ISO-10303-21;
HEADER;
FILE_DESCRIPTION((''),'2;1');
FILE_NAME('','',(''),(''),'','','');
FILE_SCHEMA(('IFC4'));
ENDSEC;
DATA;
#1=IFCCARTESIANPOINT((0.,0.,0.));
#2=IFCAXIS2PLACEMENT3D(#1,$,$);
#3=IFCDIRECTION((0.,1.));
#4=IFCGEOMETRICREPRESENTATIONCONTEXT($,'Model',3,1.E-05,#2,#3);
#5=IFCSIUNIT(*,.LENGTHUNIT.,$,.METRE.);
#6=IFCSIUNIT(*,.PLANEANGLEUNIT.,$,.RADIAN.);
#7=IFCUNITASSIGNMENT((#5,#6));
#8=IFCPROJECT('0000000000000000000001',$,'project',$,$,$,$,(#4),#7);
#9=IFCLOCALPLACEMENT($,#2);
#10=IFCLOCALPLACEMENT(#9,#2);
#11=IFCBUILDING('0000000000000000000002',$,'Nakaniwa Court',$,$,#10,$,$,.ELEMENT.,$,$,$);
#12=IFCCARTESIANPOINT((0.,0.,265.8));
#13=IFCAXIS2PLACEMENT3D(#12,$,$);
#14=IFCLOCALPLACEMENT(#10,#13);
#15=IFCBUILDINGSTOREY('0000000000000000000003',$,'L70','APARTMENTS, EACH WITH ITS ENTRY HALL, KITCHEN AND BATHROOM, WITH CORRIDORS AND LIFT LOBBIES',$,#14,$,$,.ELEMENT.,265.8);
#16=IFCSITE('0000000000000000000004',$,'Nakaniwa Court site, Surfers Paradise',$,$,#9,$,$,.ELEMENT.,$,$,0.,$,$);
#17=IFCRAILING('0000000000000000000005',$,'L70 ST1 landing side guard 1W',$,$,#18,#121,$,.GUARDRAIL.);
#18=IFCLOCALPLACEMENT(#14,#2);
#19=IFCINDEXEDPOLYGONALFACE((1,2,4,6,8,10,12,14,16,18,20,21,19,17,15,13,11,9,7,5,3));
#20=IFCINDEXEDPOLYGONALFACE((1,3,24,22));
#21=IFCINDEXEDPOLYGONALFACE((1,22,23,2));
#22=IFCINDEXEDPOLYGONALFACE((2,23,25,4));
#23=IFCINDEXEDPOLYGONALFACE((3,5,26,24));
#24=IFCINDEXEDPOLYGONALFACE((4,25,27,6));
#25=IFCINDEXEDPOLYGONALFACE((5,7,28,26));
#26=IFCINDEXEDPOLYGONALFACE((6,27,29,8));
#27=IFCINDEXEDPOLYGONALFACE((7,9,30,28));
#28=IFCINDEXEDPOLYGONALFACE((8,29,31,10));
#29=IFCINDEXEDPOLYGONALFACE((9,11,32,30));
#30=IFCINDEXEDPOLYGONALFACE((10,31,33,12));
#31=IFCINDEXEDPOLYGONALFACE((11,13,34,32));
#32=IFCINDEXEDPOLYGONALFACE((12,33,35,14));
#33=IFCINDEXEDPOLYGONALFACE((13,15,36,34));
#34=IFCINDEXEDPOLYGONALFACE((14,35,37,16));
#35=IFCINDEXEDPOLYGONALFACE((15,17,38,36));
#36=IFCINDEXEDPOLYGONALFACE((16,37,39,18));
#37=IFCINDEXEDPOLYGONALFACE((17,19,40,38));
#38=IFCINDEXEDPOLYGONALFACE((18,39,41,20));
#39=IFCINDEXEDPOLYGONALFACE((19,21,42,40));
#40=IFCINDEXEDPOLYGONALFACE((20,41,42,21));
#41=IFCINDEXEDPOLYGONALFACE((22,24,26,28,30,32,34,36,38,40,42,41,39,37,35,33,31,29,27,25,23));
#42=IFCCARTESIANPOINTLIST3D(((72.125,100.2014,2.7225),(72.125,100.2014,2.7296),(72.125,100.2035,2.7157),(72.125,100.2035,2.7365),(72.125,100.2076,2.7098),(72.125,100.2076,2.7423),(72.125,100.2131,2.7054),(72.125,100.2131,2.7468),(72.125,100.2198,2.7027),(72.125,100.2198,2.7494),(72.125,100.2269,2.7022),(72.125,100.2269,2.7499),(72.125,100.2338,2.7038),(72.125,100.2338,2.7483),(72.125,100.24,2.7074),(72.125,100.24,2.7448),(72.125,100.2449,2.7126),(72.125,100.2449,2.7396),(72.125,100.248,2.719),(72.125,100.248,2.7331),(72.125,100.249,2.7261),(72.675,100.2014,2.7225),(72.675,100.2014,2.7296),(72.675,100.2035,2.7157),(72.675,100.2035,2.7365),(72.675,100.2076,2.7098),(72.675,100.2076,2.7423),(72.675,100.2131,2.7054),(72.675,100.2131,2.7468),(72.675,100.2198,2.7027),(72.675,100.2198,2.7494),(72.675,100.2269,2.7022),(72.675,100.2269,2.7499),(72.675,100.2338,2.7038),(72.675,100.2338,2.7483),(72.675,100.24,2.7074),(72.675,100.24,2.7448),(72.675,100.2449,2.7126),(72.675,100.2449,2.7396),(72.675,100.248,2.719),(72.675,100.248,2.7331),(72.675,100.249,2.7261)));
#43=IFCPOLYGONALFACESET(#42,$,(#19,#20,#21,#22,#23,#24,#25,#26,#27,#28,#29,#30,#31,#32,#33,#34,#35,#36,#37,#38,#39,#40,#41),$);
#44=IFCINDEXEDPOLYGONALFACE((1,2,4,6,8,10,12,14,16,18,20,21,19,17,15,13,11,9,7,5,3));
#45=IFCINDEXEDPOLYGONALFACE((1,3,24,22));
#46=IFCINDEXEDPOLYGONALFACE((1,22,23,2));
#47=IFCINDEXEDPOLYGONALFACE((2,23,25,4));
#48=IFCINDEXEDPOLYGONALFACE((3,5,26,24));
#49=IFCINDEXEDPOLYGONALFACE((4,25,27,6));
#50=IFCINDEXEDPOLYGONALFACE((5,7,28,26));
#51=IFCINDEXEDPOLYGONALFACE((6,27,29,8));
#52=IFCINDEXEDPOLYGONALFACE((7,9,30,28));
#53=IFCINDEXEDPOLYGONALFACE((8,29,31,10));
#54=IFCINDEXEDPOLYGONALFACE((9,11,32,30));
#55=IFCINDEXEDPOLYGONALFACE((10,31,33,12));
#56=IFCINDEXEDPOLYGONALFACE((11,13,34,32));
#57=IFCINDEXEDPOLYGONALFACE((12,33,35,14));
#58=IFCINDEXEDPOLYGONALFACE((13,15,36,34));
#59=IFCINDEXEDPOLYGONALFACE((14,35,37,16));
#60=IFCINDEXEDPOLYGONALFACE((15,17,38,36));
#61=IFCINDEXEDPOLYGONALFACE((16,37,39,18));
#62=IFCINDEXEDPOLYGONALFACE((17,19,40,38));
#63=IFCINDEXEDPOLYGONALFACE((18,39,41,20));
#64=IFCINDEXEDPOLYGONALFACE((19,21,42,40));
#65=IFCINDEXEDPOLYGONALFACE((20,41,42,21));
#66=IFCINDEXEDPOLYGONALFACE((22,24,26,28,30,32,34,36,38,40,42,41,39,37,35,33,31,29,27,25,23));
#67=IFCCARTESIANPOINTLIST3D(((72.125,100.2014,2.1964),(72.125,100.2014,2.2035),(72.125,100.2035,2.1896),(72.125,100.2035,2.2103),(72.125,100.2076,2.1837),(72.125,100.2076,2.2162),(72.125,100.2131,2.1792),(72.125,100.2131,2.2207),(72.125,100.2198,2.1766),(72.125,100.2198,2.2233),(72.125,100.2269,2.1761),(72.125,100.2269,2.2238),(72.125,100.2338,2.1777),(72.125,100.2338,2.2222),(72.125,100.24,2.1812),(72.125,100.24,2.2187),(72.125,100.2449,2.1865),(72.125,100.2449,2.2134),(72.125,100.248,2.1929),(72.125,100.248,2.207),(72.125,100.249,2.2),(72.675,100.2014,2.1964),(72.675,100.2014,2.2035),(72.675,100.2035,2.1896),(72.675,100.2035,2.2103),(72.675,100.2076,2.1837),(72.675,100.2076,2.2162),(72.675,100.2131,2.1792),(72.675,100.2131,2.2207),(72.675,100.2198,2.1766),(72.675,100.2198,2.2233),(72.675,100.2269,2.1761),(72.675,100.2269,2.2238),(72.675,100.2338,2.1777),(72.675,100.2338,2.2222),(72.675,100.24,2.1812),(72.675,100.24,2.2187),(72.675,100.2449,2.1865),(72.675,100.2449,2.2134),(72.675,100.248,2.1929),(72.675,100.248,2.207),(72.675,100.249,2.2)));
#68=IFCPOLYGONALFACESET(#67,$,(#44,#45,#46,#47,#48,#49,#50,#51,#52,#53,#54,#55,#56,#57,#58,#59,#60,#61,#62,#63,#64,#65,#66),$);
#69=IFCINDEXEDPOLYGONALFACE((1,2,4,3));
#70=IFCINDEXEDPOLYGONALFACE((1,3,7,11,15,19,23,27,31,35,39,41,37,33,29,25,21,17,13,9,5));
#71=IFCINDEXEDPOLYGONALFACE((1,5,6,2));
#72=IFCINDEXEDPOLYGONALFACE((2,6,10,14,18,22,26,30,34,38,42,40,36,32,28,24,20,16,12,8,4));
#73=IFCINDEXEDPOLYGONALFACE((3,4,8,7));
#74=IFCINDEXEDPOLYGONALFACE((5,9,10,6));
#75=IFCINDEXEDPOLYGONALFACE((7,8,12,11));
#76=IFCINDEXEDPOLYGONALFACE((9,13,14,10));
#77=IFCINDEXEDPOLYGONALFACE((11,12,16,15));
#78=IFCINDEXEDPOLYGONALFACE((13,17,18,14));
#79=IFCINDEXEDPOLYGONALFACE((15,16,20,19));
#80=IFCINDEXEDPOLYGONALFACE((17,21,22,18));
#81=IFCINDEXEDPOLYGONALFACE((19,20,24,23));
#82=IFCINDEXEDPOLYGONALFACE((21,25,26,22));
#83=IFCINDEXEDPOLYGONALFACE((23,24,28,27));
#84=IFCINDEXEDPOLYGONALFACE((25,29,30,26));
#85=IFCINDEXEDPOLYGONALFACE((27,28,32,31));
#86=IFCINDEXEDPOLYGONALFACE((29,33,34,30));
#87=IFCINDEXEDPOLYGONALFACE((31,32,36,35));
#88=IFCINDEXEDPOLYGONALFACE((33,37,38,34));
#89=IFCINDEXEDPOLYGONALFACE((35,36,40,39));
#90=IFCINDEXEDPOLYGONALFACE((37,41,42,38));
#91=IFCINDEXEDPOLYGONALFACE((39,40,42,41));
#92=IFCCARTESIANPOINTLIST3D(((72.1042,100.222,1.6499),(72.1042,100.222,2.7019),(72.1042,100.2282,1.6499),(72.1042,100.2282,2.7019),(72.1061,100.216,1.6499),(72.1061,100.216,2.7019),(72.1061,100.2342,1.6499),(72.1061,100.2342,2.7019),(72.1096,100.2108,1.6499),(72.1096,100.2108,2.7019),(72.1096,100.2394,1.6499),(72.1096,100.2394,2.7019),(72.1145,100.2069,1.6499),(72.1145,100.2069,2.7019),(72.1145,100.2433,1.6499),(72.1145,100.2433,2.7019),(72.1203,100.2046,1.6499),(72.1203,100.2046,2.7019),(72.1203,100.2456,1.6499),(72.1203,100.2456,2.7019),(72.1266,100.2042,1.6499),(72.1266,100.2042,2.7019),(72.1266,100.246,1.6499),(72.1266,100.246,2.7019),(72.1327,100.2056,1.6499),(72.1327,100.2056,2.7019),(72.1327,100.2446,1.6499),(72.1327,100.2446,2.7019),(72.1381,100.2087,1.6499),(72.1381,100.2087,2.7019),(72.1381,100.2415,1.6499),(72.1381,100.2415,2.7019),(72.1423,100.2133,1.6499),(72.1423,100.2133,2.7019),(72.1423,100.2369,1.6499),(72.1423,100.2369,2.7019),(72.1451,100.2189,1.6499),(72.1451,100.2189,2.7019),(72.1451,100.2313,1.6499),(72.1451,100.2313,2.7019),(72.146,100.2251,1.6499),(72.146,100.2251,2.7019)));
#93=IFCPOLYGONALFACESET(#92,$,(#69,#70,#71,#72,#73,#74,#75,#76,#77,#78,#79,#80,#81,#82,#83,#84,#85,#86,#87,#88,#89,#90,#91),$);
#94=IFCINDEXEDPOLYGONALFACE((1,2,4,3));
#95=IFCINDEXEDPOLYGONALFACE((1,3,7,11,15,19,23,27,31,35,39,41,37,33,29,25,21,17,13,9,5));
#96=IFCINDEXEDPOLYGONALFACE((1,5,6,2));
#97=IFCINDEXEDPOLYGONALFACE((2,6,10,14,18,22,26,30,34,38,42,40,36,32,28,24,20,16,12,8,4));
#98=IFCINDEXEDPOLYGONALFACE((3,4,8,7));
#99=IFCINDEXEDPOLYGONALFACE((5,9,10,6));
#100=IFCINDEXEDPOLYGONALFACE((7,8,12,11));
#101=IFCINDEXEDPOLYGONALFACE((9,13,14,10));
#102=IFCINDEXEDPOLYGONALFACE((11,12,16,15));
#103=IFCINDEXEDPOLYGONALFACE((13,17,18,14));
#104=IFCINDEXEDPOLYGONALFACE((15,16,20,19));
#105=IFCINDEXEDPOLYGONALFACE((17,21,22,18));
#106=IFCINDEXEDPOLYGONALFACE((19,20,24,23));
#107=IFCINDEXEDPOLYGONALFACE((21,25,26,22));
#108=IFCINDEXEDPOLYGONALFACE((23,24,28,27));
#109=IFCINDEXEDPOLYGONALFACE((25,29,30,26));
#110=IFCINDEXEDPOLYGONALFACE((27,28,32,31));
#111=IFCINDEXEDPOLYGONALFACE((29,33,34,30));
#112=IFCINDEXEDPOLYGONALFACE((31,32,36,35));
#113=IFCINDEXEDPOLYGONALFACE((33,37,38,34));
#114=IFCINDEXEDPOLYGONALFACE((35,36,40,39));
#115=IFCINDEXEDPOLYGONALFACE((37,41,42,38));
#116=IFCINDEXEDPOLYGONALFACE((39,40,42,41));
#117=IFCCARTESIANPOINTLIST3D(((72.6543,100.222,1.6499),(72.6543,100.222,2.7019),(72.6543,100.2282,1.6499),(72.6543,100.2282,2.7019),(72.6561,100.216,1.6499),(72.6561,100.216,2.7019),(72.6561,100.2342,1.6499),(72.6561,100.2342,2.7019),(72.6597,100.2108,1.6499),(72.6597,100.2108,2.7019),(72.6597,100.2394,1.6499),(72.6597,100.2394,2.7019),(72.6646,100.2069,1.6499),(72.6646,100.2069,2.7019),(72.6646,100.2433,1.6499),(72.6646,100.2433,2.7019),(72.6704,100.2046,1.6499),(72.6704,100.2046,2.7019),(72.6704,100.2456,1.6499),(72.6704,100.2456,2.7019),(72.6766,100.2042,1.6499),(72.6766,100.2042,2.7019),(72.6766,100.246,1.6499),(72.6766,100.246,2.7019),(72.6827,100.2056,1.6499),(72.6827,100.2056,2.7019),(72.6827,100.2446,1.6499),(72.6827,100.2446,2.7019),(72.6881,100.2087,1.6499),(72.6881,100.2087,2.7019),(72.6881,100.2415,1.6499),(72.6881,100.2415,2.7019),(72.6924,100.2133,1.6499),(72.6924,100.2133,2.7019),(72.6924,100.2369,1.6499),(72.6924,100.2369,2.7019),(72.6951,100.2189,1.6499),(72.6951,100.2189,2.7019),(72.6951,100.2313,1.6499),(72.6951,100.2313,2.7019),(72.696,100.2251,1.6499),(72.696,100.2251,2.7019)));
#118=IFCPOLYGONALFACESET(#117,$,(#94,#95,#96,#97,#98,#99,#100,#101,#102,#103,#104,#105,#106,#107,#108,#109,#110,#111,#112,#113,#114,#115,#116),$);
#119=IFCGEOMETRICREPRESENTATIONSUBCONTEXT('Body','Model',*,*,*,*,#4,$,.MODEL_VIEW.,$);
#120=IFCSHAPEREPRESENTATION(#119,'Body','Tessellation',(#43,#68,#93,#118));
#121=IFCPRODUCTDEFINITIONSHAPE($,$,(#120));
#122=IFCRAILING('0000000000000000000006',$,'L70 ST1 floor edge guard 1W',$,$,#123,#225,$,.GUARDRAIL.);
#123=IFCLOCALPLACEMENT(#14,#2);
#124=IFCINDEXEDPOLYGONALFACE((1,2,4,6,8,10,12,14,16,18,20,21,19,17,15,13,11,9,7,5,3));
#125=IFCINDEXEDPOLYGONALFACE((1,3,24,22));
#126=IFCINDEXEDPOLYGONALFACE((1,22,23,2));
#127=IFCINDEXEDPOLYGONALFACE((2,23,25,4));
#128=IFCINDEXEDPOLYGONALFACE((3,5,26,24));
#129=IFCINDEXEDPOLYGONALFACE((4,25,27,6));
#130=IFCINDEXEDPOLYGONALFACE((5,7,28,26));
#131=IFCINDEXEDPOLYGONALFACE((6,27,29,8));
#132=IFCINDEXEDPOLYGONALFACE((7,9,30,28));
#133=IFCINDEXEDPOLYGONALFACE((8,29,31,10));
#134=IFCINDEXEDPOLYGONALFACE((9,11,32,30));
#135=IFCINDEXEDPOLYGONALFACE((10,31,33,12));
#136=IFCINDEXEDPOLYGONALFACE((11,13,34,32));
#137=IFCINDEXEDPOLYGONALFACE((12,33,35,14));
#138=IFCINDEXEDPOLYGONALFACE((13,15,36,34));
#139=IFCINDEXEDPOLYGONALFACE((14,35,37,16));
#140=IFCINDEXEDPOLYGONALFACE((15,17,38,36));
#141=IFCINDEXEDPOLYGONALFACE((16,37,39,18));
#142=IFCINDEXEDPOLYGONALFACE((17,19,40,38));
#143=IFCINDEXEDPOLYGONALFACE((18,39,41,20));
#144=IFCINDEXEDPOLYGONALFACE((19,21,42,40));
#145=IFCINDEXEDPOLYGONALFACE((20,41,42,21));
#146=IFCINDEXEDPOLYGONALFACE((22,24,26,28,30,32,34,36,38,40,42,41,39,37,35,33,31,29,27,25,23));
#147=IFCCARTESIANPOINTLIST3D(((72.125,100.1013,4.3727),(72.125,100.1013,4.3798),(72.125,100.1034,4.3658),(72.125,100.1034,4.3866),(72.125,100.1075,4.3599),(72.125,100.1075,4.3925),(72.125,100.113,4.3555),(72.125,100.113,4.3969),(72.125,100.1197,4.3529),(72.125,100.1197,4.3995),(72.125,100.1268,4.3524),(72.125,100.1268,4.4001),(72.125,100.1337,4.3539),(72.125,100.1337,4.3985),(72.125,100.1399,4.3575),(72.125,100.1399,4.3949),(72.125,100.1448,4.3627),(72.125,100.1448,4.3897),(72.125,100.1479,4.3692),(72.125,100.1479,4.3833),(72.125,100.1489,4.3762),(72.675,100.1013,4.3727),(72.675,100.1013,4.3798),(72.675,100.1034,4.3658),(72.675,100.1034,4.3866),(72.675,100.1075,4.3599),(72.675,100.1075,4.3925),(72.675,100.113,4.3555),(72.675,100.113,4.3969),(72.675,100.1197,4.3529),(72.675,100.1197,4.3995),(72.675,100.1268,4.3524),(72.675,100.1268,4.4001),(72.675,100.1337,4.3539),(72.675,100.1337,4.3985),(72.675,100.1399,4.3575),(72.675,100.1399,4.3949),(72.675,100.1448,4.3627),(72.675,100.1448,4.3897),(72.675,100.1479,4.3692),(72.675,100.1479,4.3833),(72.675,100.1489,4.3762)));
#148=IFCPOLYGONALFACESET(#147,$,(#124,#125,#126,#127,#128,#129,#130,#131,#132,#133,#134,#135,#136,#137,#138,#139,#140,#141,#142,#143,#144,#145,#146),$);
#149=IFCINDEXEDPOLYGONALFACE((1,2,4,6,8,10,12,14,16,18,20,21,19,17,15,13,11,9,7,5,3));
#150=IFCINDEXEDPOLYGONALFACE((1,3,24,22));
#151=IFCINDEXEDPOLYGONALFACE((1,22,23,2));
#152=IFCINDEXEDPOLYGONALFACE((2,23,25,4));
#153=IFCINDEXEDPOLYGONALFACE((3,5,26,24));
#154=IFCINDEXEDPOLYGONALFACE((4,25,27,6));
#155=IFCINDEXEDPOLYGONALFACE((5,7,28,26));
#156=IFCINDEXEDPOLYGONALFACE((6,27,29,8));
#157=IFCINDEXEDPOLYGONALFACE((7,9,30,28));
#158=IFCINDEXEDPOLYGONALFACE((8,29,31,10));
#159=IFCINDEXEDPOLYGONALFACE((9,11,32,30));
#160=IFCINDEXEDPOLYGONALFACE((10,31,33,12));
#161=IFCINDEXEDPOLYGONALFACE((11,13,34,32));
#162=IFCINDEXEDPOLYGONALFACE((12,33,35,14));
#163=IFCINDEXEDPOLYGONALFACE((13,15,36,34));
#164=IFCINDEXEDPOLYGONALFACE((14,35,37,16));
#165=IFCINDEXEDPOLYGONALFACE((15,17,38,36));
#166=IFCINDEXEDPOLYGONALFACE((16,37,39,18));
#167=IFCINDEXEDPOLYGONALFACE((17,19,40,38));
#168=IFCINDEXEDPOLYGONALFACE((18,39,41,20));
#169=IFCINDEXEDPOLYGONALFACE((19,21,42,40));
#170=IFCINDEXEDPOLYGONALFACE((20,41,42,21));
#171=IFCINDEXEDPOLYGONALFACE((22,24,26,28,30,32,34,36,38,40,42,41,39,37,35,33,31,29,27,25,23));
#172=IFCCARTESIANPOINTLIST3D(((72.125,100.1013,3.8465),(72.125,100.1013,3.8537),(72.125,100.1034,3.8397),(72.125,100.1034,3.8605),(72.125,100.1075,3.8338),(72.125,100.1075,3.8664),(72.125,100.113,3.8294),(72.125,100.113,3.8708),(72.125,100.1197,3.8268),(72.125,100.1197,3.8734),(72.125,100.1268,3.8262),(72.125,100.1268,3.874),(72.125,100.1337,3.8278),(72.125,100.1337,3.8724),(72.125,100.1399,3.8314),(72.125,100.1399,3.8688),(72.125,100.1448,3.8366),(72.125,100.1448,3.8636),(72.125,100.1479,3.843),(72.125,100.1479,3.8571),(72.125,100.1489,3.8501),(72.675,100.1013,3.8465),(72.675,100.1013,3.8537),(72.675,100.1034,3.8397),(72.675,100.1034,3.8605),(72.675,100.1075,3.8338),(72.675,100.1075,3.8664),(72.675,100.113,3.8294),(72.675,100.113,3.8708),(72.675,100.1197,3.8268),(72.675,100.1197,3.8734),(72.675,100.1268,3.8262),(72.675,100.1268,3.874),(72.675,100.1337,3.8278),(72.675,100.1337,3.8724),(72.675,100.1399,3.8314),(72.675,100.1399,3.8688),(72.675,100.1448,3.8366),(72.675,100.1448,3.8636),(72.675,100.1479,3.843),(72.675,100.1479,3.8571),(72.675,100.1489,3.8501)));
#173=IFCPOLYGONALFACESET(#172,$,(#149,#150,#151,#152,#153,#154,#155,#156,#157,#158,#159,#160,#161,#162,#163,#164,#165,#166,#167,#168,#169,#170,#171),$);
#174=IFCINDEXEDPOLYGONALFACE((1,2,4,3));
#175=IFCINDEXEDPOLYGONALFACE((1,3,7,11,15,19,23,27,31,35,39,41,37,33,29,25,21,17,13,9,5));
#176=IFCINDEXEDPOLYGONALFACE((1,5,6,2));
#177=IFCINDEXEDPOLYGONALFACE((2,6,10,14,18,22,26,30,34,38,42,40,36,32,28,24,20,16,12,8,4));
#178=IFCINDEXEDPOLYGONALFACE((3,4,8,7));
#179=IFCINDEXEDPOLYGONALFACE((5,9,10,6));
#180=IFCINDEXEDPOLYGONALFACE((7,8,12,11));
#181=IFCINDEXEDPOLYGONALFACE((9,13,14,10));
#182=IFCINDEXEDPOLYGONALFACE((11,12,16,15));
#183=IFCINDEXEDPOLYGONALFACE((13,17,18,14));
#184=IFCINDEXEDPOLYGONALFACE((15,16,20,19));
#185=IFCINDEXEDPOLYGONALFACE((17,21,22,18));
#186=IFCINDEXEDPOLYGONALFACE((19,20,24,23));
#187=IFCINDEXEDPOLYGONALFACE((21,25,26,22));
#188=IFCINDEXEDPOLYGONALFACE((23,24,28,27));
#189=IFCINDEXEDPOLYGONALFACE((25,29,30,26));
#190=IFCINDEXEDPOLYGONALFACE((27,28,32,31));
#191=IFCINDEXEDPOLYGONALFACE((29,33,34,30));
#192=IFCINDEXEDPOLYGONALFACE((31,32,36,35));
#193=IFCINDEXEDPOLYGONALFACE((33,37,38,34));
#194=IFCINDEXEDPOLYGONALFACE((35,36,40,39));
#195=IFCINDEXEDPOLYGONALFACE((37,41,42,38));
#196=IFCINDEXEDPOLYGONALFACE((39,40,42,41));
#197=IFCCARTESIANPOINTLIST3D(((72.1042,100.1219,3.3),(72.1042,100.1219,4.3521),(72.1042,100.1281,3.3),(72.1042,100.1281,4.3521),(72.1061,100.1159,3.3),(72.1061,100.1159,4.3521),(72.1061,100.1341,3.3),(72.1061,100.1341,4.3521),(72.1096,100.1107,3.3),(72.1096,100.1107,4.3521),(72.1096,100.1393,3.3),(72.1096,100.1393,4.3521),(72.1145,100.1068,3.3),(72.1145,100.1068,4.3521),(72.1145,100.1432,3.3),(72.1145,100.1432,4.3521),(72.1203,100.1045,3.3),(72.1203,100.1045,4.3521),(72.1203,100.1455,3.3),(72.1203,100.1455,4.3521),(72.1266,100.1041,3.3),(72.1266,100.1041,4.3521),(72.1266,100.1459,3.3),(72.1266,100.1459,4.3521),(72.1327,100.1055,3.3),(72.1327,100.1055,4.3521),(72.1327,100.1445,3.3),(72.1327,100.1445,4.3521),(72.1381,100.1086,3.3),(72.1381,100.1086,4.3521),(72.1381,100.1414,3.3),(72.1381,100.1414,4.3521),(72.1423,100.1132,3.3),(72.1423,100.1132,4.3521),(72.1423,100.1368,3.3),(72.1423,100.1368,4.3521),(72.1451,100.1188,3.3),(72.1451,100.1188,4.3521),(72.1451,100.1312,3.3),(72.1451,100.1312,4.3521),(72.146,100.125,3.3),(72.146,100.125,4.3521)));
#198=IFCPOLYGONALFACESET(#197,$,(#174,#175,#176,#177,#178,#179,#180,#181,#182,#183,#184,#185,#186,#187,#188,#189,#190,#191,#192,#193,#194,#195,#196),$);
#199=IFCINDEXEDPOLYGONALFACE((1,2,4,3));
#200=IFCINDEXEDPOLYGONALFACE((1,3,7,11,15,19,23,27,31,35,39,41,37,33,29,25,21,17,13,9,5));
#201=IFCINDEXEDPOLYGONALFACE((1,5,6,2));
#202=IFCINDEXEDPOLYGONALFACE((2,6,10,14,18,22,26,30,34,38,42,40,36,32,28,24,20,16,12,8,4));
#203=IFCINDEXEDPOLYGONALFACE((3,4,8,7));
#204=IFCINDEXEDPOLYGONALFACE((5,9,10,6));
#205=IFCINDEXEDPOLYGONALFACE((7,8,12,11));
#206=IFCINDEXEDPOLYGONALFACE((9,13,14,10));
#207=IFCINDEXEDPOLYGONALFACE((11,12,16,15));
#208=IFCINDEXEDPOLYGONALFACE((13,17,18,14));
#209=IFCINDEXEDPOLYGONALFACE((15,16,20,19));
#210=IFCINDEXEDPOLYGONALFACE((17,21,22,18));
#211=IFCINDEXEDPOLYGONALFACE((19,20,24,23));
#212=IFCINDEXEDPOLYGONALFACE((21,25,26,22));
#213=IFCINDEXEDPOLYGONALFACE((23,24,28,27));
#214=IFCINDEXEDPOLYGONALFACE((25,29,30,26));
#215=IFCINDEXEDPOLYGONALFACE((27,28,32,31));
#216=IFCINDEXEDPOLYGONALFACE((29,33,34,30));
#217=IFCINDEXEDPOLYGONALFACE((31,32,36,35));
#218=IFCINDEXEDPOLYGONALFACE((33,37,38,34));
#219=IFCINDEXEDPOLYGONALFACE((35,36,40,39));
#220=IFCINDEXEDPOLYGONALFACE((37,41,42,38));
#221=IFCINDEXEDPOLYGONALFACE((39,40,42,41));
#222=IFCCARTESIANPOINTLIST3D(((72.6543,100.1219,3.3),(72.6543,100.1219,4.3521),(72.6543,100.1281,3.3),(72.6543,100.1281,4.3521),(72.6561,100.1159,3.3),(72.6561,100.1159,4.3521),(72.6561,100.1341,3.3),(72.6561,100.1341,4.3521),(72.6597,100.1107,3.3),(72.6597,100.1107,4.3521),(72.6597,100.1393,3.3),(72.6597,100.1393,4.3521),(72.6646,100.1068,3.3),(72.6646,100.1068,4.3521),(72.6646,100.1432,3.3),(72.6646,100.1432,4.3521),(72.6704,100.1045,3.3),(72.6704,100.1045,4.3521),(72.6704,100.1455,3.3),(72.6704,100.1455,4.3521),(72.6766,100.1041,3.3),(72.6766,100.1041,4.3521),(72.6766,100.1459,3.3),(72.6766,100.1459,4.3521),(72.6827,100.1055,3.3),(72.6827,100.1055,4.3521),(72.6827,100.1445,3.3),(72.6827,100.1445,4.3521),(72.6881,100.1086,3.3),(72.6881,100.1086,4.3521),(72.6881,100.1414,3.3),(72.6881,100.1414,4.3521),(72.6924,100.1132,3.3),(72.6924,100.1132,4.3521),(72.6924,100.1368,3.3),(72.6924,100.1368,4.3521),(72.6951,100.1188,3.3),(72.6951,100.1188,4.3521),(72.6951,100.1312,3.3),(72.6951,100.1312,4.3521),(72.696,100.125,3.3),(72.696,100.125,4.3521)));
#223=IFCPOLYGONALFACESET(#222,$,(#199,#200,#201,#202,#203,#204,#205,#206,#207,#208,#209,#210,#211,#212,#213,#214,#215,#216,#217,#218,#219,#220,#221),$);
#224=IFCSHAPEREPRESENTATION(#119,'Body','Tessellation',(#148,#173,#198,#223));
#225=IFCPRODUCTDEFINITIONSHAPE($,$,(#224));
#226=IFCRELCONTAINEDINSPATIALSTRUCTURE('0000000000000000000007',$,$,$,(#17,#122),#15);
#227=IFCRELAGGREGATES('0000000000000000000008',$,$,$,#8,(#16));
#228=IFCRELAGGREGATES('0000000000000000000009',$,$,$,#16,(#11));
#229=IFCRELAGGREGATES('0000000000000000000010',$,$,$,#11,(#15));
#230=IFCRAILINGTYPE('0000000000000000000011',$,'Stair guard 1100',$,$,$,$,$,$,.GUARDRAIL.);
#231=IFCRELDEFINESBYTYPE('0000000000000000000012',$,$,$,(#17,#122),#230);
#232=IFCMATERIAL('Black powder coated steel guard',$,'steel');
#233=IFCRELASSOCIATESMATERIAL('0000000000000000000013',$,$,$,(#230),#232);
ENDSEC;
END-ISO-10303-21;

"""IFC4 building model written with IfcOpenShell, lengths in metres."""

from ifc_helpers import new_model, si_unit, direction, frame, origin, origin_2d, place, context, subcontext, project, spatial, circle, extrude, material, type_object, element, save


model = new_model("IFC4")

# Units and contexts
model_context = context("Model", 3, precision=1e-05, world=origin(), true_north=direction((0.0, 1.0)))
body_context = subcontext(model_context, "Body", "Model", "MODEL_VIEW")
ifc_project = project(units=[si_unit("LENGTHUNIT", "METRE"), si_unit("PLANEANGLEUNIT", "RADIAN")], contexts=[model_context])

# Site, building, storey
site_placement = place(None, origin())
site = spatial("IfcSite", under=ifc_project, at=site_placement, Name="Nakaniwa Court site, Surfers Paradise", CompositionType="ELEMENT", RefElevation=0.0)
building_placement = place(site_placement, origin())
building = spatial("IfcBuilding", under=site, at=building_placement, Name="Nakaniwa Court", CompositionType="ELEMENT")
storey_placement = place(building_placement, frame((0.0, 0.0, 265.8)))
storey = spatial("IfcBuildingStorey", under=building, at=storey_placement, Name="L70", Description="APARTMENTS, EACH WITH ITS ENTRY HALL, KITCHEN AND BATHROOM, WITH CORRIDORS AND LIFT LOBBIES", CompositionType="ELEMENT", Elevation=265.8)

# Railings
ifc_material_1 = material(Name="Black powder coated steel guard", Category="steel")
railing_type_1 = type_object("IfcRailingType", Name="Stair guard 1100", PredefinedType="GUARDRAIL", material=ifc_material_1)
for number, where, name in (
    (1, (72.125, 100.2251, 1.6499), "L70 ST1 landing side guard 1W"),
    (2, (72.125, 100.125, 3.3), "L70 ST1 floor edge guard 1W"),
):
    element("IfcRailing", number, at=place(storey_placement, frame(where)), inside=storey, type_object=railing_type_1, Name=name, PredefinedType="GUARDRAIL", context=body_context, shape_type="SweptSolid", body=[
        extrude(circle(Radius=0.0239, at=origin_2d()), frame((0.0, 0.0, 1.0762), z_axis=(1.0, 0.0, 0.0), x_axis=(0.0, 1.0, 0.0)), (0.0, 0.0, 1.0), 0.55),
        extrude(circle(Radius=0.0239, at=origin_2d()), frame((0.0, 0.0, 0.55), z_axis=(1.0, 0.0, 0.0), x_axis=(0.0, 1.0, 0.0)), (0.0, 0.0, 1.0), 0.55),
        extrude(circle(Radius=0.021, at=origin_2d()), origin(), (0.0, 0.0, 1.0), 1.052),
        extrude(circle(Radius=0.021, at=origin_2d()), frame((0.55, 0.0, 0.0)), (0.0, 0.0, 1.0), 1.052),
    ])

save(model, "model.ifc")
